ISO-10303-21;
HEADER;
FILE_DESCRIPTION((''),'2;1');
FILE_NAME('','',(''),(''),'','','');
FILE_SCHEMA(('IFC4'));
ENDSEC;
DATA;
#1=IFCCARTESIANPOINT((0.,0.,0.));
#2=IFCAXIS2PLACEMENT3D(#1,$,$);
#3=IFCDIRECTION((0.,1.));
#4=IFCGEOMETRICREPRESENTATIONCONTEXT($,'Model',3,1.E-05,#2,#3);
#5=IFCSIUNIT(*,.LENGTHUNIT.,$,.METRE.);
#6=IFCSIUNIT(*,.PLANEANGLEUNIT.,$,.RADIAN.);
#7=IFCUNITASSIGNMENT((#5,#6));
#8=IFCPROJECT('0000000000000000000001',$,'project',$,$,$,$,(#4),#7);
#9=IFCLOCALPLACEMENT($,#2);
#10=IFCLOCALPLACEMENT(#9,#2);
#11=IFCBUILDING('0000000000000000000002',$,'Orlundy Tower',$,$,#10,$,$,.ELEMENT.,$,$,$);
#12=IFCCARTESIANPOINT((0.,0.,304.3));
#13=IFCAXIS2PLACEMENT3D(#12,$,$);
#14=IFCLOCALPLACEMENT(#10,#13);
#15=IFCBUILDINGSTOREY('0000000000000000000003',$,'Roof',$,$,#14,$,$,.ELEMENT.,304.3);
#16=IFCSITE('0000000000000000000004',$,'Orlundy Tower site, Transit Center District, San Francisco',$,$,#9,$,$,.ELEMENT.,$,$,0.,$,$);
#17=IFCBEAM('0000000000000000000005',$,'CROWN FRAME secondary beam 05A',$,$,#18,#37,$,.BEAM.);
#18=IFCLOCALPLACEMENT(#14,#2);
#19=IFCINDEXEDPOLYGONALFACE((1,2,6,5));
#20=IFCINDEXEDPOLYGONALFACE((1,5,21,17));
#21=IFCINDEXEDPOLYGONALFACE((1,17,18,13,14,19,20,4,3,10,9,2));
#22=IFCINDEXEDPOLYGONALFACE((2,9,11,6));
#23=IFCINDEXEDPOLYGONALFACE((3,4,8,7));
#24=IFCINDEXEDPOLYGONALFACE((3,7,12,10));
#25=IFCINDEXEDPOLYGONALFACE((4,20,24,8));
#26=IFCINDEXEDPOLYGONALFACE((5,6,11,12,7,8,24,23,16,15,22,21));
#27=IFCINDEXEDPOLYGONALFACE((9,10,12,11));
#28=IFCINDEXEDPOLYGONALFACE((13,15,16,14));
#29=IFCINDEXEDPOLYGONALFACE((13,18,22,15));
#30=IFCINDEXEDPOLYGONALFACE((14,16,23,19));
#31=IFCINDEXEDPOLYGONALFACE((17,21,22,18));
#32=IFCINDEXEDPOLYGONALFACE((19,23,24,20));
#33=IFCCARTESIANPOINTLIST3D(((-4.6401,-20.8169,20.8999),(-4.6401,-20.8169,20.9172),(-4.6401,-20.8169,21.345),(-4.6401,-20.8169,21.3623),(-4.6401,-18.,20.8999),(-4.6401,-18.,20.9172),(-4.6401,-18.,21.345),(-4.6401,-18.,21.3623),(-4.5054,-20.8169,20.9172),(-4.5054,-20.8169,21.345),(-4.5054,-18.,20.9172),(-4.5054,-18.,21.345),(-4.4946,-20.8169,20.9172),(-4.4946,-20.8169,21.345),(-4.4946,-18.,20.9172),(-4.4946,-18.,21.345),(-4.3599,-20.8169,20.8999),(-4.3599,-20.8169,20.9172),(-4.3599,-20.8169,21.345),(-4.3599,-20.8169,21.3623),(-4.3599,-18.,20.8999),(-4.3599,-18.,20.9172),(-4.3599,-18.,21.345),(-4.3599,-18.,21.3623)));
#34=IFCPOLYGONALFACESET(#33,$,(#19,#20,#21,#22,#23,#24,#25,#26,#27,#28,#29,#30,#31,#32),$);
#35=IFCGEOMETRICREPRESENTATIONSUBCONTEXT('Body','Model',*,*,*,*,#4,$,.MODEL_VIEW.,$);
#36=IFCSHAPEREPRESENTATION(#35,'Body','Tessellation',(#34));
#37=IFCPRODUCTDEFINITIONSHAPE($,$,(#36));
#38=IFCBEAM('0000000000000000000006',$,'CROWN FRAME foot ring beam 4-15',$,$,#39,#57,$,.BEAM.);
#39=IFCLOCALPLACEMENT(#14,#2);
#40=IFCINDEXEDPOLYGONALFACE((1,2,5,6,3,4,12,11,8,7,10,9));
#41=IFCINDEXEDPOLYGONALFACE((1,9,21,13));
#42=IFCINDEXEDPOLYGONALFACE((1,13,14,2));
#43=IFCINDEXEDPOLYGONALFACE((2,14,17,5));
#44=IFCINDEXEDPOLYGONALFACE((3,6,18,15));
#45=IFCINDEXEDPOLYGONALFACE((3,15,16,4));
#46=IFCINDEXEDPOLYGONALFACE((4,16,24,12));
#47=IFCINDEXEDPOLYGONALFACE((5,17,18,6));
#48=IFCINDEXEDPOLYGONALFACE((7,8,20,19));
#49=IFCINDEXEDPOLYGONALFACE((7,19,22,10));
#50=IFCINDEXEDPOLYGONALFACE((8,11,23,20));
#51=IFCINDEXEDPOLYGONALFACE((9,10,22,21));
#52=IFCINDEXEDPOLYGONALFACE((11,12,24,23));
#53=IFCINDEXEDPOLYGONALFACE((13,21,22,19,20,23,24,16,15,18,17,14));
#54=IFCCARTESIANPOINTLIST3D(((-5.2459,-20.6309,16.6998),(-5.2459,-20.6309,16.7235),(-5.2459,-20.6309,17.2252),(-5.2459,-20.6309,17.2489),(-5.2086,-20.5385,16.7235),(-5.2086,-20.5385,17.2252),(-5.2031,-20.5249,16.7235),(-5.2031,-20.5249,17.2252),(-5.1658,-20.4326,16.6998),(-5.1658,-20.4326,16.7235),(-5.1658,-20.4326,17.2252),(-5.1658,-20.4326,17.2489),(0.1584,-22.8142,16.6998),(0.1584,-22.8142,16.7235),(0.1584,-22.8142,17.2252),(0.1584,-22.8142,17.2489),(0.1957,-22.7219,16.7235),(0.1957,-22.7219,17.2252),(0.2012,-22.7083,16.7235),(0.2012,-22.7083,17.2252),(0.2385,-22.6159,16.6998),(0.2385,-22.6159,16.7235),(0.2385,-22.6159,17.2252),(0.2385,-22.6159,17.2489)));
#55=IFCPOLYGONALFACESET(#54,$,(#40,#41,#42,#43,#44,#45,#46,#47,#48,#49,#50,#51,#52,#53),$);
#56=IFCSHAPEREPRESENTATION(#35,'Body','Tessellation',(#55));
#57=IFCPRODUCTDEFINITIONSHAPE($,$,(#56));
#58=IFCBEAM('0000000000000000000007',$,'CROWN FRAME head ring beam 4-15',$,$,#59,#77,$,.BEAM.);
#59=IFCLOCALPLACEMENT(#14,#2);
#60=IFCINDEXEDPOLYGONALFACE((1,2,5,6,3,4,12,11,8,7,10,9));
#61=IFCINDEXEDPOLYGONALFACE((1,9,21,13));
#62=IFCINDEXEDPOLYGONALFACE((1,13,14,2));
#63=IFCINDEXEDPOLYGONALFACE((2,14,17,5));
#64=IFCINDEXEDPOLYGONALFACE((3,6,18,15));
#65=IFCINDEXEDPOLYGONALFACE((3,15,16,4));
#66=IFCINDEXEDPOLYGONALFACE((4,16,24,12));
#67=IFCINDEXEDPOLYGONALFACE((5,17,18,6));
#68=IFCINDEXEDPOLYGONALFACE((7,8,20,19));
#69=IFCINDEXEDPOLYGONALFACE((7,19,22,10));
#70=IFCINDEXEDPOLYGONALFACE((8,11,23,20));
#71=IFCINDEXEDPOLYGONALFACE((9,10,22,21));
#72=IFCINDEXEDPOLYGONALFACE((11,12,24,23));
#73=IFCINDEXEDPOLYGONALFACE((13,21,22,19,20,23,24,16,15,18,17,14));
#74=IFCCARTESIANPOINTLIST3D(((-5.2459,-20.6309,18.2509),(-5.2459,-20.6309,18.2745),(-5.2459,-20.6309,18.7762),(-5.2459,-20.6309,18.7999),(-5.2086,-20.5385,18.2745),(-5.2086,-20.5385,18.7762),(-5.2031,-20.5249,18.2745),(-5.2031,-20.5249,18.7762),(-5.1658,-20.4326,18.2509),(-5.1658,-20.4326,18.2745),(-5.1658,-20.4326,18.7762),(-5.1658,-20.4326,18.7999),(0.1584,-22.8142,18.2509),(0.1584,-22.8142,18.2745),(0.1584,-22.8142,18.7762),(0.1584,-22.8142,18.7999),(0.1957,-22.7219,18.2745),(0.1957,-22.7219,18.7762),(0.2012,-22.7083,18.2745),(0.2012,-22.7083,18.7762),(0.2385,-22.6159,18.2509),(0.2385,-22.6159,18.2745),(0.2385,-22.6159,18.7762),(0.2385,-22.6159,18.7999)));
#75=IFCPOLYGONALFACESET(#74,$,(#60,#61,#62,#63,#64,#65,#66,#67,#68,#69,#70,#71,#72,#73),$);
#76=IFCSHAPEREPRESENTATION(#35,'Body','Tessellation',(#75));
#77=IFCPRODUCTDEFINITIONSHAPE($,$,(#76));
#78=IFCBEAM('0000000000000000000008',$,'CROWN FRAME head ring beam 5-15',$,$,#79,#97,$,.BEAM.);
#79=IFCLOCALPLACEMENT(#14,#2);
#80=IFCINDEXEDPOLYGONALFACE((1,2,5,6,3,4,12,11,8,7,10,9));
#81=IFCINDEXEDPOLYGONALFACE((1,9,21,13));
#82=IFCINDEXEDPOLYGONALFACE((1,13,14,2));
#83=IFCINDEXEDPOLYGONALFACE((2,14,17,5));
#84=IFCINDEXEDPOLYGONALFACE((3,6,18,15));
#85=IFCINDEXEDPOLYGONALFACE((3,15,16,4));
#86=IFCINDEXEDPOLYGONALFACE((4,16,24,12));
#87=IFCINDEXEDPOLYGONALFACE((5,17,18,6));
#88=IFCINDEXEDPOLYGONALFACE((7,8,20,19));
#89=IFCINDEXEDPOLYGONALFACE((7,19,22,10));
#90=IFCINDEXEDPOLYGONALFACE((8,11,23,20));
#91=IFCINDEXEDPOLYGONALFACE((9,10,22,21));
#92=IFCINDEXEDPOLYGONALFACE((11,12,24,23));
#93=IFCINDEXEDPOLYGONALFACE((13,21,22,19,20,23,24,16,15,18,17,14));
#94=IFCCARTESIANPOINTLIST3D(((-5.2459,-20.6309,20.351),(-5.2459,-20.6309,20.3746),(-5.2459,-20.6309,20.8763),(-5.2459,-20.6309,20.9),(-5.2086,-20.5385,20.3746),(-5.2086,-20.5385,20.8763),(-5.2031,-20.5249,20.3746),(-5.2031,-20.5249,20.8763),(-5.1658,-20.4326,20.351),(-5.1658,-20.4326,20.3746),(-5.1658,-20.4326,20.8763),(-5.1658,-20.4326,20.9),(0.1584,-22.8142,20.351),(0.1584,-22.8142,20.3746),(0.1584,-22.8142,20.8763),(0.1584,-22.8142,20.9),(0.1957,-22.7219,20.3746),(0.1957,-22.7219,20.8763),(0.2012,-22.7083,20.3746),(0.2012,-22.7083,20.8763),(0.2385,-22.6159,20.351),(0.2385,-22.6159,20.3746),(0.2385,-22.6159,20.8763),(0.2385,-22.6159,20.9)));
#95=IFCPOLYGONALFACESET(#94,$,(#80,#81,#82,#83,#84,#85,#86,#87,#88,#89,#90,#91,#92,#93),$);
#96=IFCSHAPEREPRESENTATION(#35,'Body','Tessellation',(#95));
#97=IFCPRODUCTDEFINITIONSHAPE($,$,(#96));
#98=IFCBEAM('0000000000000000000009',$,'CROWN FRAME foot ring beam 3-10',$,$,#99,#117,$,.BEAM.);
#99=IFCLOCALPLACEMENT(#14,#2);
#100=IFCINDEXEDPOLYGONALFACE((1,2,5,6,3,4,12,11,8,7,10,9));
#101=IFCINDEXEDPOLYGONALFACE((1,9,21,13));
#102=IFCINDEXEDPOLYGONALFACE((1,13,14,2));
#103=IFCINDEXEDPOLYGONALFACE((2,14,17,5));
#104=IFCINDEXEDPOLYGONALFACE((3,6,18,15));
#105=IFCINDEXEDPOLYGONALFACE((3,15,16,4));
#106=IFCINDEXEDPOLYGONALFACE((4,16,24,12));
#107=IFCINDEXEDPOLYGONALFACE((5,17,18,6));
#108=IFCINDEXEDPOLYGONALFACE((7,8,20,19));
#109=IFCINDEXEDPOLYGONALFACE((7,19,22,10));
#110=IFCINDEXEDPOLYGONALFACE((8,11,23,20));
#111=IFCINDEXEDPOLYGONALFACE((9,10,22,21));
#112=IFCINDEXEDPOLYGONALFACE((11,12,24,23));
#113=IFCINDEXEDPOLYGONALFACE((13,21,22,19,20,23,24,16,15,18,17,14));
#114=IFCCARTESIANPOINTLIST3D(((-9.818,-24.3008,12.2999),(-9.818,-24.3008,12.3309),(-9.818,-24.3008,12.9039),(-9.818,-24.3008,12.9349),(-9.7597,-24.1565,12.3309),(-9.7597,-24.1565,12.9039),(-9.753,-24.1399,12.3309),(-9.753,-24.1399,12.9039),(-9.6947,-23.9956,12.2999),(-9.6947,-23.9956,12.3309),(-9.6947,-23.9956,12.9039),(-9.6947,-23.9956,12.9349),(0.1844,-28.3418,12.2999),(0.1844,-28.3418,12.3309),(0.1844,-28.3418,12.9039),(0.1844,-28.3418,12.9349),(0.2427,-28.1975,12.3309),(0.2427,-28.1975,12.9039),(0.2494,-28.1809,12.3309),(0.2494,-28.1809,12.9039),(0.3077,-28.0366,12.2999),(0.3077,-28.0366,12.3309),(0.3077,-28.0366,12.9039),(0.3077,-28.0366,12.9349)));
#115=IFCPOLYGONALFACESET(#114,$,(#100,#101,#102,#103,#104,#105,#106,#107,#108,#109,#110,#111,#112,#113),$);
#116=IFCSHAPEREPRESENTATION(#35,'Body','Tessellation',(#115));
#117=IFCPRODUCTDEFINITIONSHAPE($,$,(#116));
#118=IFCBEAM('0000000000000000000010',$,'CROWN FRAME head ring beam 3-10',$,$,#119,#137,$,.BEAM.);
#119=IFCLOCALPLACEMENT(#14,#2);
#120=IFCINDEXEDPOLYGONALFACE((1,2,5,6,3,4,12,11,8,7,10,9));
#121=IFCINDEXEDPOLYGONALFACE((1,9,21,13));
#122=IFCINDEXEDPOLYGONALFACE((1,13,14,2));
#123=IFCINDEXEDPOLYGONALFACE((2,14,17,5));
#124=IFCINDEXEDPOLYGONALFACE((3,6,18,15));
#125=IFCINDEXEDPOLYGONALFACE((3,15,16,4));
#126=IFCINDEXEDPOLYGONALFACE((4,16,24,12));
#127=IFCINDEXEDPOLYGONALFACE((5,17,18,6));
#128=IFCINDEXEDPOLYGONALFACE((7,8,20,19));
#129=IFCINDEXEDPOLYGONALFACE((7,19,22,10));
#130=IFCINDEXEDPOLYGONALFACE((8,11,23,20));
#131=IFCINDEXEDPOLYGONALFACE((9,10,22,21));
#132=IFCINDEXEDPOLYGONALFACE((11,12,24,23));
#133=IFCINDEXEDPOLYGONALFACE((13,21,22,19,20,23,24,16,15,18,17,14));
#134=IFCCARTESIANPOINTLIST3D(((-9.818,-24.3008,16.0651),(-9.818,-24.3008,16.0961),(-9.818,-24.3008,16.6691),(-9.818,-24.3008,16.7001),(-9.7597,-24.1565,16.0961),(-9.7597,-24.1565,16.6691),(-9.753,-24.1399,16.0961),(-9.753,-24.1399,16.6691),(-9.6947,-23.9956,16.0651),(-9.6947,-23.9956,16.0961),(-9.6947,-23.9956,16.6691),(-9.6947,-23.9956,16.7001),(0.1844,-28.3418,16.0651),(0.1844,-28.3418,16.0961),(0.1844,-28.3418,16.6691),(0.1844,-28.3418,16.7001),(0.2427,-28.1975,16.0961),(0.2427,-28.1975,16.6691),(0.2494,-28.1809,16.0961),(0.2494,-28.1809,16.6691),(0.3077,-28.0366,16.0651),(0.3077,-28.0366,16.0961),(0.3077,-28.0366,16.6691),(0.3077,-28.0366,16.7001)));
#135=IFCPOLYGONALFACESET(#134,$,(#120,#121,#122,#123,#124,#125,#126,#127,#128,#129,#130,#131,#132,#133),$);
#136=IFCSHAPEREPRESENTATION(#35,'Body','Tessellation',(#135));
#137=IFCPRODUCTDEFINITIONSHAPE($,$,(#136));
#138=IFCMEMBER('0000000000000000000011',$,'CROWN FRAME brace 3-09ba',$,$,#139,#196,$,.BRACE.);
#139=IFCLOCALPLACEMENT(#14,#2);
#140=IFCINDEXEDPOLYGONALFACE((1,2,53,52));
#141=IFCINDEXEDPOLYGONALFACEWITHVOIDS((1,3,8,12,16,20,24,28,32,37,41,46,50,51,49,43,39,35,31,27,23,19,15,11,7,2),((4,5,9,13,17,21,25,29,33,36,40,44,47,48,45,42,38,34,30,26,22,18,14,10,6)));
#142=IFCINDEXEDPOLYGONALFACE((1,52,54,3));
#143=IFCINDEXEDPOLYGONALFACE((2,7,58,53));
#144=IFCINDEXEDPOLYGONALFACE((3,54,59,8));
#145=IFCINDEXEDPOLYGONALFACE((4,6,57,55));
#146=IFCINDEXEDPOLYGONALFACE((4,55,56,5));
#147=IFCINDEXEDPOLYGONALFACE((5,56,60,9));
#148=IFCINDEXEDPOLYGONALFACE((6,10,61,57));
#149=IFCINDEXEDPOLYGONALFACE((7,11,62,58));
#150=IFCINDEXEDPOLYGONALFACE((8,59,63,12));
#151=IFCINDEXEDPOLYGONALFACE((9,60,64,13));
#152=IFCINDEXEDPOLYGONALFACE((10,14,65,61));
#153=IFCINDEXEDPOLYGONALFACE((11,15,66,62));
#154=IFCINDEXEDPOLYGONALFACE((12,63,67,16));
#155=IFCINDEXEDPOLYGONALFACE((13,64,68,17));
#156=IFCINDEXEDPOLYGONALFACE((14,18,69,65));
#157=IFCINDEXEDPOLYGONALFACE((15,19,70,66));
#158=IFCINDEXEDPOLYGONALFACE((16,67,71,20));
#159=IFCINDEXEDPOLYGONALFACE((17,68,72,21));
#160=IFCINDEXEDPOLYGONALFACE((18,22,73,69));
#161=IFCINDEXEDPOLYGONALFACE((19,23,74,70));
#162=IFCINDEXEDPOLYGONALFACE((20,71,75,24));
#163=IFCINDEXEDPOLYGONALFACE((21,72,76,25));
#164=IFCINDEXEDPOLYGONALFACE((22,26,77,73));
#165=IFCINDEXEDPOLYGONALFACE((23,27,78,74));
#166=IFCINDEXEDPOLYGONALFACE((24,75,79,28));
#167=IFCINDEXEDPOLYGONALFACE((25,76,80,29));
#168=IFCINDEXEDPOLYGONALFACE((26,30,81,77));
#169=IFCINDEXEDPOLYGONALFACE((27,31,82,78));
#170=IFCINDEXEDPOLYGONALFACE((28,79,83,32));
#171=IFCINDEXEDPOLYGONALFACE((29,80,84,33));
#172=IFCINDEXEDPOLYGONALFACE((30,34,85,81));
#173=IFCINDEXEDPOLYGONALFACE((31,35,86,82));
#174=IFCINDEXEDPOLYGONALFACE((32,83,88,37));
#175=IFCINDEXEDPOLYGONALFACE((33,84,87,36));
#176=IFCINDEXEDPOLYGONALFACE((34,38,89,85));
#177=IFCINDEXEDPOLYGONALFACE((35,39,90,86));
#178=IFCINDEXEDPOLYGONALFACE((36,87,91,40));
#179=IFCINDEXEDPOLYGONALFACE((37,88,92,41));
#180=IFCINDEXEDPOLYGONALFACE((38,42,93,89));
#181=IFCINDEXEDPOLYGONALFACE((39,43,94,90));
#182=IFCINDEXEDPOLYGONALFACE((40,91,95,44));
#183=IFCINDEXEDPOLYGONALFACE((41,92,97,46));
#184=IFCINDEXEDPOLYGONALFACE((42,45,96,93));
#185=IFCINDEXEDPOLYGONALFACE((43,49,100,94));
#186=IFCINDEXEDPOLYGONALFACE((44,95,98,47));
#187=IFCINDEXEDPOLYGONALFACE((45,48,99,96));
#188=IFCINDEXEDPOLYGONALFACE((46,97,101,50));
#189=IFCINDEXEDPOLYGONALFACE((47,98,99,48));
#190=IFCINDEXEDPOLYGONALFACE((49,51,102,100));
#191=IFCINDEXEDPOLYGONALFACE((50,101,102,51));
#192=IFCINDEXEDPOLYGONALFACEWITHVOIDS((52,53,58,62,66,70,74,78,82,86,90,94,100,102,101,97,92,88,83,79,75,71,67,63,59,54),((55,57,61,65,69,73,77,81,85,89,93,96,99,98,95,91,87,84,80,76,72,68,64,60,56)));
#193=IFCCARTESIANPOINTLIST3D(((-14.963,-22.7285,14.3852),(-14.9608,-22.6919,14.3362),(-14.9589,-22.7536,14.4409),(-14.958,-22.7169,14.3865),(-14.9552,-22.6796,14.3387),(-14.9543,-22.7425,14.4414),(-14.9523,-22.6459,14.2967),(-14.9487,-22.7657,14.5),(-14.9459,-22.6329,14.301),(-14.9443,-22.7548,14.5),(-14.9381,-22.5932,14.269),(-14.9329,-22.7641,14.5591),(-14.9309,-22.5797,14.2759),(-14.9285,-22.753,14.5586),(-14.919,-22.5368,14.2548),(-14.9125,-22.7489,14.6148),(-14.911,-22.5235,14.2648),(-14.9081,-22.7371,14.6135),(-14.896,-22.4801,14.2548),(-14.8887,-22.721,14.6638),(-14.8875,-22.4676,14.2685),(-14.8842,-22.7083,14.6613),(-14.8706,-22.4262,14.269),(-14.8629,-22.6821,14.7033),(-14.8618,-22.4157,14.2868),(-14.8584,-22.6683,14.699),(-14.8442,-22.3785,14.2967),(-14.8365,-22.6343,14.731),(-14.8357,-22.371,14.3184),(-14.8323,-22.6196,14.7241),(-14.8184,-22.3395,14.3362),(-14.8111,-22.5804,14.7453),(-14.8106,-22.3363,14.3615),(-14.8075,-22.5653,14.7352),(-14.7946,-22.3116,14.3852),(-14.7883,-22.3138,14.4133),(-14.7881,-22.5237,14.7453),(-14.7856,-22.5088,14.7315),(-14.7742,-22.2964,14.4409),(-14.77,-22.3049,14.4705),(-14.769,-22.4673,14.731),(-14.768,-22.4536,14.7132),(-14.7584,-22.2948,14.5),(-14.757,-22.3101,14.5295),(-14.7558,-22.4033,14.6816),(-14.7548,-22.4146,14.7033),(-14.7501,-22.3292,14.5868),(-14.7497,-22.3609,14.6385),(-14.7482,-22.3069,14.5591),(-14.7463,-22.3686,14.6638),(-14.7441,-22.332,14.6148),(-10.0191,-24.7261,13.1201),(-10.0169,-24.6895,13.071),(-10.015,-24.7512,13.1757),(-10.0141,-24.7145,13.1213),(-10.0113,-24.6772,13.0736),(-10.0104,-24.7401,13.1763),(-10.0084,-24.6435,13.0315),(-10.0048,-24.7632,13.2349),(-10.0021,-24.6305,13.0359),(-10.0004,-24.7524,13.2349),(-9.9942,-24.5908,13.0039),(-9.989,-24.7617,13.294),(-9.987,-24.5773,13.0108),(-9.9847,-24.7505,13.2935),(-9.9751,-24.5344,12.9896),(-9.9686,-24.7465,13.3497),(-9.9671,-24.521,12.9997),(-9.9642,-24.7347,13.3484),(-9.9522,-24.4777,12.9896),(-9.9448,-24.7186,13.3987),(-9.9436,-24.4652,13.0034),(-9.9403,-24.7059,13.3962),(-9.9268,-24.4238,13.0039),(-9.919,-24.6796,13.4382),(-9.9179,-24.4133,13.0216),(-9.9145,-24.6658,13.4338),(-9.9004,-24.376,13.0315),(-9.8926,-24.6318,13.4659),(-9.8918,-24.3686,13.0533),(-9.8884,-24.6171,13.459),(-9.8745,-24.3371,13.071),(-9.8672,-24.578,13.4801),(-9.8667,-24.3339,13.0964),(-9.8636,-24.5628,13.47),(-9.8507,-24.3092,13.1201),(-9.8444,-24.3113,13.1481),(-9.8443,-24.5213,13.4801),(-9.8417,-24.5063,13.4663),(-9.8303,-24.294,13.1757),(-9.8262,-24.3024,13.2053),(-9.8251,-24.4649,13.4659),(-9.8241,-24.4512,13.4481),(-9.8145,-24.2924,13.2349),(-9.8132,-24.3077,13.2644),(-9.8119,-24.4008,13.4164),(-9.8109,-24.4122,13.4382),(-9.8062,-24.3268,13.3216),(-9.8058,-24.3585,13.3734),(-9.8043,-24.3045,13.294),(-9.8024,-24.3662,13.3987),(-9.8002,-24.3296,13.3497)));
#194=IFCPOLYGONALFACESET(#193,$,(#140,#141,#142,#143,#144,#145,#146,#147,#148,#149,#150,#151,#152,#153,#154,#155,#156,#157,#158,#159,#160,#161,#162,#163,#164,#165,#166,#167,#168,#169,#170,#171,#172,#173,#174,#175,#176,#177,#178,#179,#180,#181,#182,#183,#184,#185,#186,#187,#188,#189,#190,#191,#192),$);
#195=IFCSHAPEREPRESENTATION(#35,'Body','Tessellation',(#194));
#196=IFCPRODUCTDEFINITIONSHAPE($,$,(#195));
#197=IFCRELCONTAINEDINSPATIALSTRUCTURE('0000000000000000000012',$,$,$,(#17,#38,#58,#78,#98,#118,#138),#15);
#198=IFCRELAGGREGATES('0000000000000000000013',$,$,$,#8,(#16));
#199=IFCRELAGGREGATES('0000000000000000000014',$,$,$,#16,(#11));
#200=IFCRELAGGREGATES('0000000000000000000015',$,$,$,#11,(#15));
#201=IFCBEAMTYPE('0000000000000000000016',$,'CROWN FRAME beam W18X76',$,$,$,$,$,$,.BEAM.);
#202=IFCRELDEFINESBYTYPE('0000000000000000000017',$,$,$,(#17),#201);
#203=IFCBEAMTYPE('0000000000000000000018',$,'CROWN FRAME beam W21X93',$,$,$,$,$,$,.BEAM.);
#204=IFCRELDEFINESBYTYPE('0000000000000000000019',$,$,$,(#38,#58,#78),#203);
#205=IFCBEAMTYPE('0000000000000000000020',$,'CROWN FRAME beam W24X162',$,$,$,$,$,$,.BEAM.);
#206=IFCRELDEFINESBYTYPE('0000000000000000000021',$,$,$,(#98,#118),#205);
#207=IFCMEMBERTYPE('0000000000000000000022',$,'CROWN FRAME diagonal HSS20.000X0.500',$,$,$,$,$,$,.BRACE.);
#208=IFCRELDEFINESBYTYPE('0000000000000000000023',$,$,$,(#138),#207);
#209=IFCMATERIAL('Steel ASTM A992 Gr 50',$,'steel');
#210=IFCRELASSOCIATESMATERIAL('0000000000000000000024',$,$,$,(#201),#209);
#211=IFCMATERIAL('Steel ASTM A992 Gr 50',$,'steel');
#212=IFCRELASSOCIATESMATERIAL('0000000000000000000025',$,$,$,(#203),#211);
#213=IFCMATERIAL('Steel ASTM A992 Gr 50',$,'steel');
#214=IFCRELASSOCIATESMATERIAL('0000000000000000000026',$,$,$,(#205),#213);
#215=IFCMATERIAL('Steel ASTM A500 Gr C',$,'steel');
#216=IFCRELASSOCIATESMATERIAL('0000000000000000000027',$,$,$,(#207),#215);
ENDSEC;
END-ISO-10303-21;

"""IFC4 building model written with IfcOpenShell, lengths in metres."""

from ifc_helpers import new_model, si_unit, direction, frame, origin, origin_2d, place, context, subcontext, project, spatial, hollow_circle, i_section, extrude, material, material_profile, profile_set, type_object, element, save


model = new_model("IFC4")

# Units and contexts
model_context = context("Model", 3, precision=1e-05, world=origin(), true_north=direction((0.0, 1.0)))
body_context = subcontext(model_context, "Body", "Model", "MODEL_VIEW")
ifc_project = project(units=[si_unit("LENGTHUNIT", "METRE"), si_unit("PLANEANGLEUNIT", "RADIAN")], contexts=[model_context])

# Site, building, storey
site_placement = place(None, origin())
site = spatial("IfcSite", under=ifc_project, at=site_placement, Name="Orlundy Tower site, Transit Center District, San Francisco", CompositionType="ELEMENT", RefElevation=0.0)
building_placement = place(site_placement, origin())
building = spatial("IfcBuilding", under=site, at=building_placement, Name="Orlundy Tower", CompositionType="ELEMENT")
storey_placement = place(building_placement, frame((0.0, 0.0, 304.3)))
storey = spatial("IfcBuildingStorey", under=building, at=storey_placement, Name="Roof", CompositionType="ELEMENT", Elevation=304.3)

# Beams
ifc_material_1 = material(Name="Steel ASTM A992 Gr 50", Category="steel")
ifc_material_profile_1 = material_profile(ifc_material_1, i_section(OverallWidth=0.2803, OverallDepth=0.4624, WebThickness=0.0107, FlangeThickness=0.0173, at=origin_2d()), Name="W18X76")
ifc_profile_set_1 = profile_set([ifc_material_profile_1], Name="Steel ASTM A992 Gr 50")
beam_type_1 = type_object("IfcBeamType", Name="CROWN FRAME beam W18X76", PredefinedType="BEAM", material=ifc_profile_set_1)
beam_placement = place(storey_placement, frame((-4.5, -20.8169, 21.1311), z_axis=(0.0, 1.0, 0.0), x_axis=(-1.0, 0.0, 0.0)))
element("IfcBeam", 1, at=beam_placement, inside=storey, type_object=beam_type_1, Name="CROWN FRAME secondary beam 05A", PredefinedType="BEAM", context=body_context, shape_type="SweptSolid", body=[
    extrude(i_section(OverallWidth=0.2803, OverallDepth=0.4624, WebThickness=0.0107, FlangeThickness=0.0173, at=origin_2d()), origin(), (0.0, 0.0, 1.0), 2.8169),
])
ifc_material_2 = material(Name="Steel ASTM A992 Gr 50", Category="steel")
ifc_material_profile_2 = material_profile(ifc_material_2, i_section(OverallWidth=0.2139, OverallDepth=0.5491, WebThickness=0.0146, FlangeThickness=0.0237, at=origin_2d()), Name="W21X93")
ifc_profile_set_2 = profile_set([ifc_material_profile_2], Name="Steel ASTM A992 Gr 50")
beam_type_2 = type_object("IfcBeamType", Name="CROWN FRAME beam W21X93", PredefinedType="BEAM", material=ifc_profile_set_2)
for number, where, z_axis, x_axis, name in (
    (2, (-5.2058, -20.5317, 16.9744), (0.927191, -0.374588, 0.0), (0.374588, 0.927191, 0.0), "CROWN FRAME foot ring beam 4-15"),
    (3, (-5.2058, -20.5317, 18.5254), (0.927191, -0.374588, 0.0), (0.374588, 0.927191, 0.0), "CROWN FRAME head ring beam 4-15"),
    (4, (-5.2058, -20.5317, 20.6255), (0.927191, -0.374588, 0.0), (0.374588, 0.927191, 0.0), "CROWN FRAME head ring beam 5-15"),
):
    element("IfcBeam", number, at=place(storey_placement, frame(where, z_axis=z_axis, x_axis=x_axis)), inside=storey, type_object=beam_type_2, Name=name, PredefinedType="BEAM", context=body_context, shape_type="SweptSolid", body=[
        extrude(i_section(OverallWidth=0.2139, OverallDepth=0.5491, WebThickness=0.0146, FlangeThickness=0.0237, at=origin_2d()), origin(), (0.0, 0.0, 1.0), 5.8286),
    ])
ifc_material_3 = material(Name="Steel ASTM A992 Gr 50", Category="steel")
ifc_material_profile_3 = material_profile(ifc_material_3, i_section(OverallWidth=0.3291, OverallDepth=0.635, WebThickness=0.0178, FlangeThickness=0.031, at=origin_2d()), Name="W24X162")
ifc_profile_set_3 = profile_set([ifc_material_profile_3], Name="Steel ASTM A992 Gr 50")
beam_type_3 = type_object("IfcBeamType", Name="CROWN FRAME beam W24X162", PredefinedType="BEAM", material=ifc_profile_set_3)
for number, where, z_axis, x_axis, name in (
    (5, (-9.7563, -24.1482, 12.6174), (0.927191, -0.374588, 0.0), (0.374588, 0.927191, 0.0), "CROWN FRAME foot ring beam 3-10"),
    (6, (-9.7563, -24.1482, 16.3826), (0.927191, -0.374588, 0.0), (0.374588, 0.927191, 0.0), "CROWN FRAME head ring beam 3-10"),
):
    element("IfcBeam", number, at=place(storey_placement, frame(where, z_axis=z_axis, x_axis=x_axis)), inside=storey, type_object=beam_type_3, Name=name, PredefinedType="BEAM", context=body_context, shape_type="SweptSolid", body=[
        extrude(i_section(OverallWidth=0.3291, OverallDepth=0.635, WebThickness=0.0178, FlangeThickness=0.031, at=origin_2d()), origin(), (0.0, 0.0, 1.0), 10.7878),
    ])

# Member
ifc_material_4 = material(Name="Steel ASTM A500 Gr C", Category="steel")
ifc_material_profile_4 = material_profile(ifc_material_4, hollow_circle(Radius=0.2539, WallThickness=0.0117, at=origin_2d()), Name="HSS20.000X0.500")
ifc_profile_set_4 = profile_set([ifc_material_profile_4], Name="Steel ASTM A500 Gr C")
member_type_1 = type_object("IfcMemberType", Name="CROWN FRAME diagonal HSS20.000X0.500", PredefinedType="BRACE", material=ifc_profile_set_4)
member_1_placement = place(storey_placement, frame((-9.9097, -24.5278, 13.2349), z_axis=(-0.902131, 0.364506, 0.230857), x_axis=(-0.374625, -0.927176, 0.0)))
element("IfcMember", 7, at=member_1_placement, inside=storey, type_object=member_type_1, Name="CROWN FRAME brace 3-09ba", PredefinedType="BRACE", context=body_context, shape_type="SweptSolid", body=[
    extrude(hollow_circle(Radius=0.2539, WallThickness=0.0117, at=origin_2d()), origin(), (0.0, 0.0, 1.0), 5.4802),
])

save(model, "model.ifc")
